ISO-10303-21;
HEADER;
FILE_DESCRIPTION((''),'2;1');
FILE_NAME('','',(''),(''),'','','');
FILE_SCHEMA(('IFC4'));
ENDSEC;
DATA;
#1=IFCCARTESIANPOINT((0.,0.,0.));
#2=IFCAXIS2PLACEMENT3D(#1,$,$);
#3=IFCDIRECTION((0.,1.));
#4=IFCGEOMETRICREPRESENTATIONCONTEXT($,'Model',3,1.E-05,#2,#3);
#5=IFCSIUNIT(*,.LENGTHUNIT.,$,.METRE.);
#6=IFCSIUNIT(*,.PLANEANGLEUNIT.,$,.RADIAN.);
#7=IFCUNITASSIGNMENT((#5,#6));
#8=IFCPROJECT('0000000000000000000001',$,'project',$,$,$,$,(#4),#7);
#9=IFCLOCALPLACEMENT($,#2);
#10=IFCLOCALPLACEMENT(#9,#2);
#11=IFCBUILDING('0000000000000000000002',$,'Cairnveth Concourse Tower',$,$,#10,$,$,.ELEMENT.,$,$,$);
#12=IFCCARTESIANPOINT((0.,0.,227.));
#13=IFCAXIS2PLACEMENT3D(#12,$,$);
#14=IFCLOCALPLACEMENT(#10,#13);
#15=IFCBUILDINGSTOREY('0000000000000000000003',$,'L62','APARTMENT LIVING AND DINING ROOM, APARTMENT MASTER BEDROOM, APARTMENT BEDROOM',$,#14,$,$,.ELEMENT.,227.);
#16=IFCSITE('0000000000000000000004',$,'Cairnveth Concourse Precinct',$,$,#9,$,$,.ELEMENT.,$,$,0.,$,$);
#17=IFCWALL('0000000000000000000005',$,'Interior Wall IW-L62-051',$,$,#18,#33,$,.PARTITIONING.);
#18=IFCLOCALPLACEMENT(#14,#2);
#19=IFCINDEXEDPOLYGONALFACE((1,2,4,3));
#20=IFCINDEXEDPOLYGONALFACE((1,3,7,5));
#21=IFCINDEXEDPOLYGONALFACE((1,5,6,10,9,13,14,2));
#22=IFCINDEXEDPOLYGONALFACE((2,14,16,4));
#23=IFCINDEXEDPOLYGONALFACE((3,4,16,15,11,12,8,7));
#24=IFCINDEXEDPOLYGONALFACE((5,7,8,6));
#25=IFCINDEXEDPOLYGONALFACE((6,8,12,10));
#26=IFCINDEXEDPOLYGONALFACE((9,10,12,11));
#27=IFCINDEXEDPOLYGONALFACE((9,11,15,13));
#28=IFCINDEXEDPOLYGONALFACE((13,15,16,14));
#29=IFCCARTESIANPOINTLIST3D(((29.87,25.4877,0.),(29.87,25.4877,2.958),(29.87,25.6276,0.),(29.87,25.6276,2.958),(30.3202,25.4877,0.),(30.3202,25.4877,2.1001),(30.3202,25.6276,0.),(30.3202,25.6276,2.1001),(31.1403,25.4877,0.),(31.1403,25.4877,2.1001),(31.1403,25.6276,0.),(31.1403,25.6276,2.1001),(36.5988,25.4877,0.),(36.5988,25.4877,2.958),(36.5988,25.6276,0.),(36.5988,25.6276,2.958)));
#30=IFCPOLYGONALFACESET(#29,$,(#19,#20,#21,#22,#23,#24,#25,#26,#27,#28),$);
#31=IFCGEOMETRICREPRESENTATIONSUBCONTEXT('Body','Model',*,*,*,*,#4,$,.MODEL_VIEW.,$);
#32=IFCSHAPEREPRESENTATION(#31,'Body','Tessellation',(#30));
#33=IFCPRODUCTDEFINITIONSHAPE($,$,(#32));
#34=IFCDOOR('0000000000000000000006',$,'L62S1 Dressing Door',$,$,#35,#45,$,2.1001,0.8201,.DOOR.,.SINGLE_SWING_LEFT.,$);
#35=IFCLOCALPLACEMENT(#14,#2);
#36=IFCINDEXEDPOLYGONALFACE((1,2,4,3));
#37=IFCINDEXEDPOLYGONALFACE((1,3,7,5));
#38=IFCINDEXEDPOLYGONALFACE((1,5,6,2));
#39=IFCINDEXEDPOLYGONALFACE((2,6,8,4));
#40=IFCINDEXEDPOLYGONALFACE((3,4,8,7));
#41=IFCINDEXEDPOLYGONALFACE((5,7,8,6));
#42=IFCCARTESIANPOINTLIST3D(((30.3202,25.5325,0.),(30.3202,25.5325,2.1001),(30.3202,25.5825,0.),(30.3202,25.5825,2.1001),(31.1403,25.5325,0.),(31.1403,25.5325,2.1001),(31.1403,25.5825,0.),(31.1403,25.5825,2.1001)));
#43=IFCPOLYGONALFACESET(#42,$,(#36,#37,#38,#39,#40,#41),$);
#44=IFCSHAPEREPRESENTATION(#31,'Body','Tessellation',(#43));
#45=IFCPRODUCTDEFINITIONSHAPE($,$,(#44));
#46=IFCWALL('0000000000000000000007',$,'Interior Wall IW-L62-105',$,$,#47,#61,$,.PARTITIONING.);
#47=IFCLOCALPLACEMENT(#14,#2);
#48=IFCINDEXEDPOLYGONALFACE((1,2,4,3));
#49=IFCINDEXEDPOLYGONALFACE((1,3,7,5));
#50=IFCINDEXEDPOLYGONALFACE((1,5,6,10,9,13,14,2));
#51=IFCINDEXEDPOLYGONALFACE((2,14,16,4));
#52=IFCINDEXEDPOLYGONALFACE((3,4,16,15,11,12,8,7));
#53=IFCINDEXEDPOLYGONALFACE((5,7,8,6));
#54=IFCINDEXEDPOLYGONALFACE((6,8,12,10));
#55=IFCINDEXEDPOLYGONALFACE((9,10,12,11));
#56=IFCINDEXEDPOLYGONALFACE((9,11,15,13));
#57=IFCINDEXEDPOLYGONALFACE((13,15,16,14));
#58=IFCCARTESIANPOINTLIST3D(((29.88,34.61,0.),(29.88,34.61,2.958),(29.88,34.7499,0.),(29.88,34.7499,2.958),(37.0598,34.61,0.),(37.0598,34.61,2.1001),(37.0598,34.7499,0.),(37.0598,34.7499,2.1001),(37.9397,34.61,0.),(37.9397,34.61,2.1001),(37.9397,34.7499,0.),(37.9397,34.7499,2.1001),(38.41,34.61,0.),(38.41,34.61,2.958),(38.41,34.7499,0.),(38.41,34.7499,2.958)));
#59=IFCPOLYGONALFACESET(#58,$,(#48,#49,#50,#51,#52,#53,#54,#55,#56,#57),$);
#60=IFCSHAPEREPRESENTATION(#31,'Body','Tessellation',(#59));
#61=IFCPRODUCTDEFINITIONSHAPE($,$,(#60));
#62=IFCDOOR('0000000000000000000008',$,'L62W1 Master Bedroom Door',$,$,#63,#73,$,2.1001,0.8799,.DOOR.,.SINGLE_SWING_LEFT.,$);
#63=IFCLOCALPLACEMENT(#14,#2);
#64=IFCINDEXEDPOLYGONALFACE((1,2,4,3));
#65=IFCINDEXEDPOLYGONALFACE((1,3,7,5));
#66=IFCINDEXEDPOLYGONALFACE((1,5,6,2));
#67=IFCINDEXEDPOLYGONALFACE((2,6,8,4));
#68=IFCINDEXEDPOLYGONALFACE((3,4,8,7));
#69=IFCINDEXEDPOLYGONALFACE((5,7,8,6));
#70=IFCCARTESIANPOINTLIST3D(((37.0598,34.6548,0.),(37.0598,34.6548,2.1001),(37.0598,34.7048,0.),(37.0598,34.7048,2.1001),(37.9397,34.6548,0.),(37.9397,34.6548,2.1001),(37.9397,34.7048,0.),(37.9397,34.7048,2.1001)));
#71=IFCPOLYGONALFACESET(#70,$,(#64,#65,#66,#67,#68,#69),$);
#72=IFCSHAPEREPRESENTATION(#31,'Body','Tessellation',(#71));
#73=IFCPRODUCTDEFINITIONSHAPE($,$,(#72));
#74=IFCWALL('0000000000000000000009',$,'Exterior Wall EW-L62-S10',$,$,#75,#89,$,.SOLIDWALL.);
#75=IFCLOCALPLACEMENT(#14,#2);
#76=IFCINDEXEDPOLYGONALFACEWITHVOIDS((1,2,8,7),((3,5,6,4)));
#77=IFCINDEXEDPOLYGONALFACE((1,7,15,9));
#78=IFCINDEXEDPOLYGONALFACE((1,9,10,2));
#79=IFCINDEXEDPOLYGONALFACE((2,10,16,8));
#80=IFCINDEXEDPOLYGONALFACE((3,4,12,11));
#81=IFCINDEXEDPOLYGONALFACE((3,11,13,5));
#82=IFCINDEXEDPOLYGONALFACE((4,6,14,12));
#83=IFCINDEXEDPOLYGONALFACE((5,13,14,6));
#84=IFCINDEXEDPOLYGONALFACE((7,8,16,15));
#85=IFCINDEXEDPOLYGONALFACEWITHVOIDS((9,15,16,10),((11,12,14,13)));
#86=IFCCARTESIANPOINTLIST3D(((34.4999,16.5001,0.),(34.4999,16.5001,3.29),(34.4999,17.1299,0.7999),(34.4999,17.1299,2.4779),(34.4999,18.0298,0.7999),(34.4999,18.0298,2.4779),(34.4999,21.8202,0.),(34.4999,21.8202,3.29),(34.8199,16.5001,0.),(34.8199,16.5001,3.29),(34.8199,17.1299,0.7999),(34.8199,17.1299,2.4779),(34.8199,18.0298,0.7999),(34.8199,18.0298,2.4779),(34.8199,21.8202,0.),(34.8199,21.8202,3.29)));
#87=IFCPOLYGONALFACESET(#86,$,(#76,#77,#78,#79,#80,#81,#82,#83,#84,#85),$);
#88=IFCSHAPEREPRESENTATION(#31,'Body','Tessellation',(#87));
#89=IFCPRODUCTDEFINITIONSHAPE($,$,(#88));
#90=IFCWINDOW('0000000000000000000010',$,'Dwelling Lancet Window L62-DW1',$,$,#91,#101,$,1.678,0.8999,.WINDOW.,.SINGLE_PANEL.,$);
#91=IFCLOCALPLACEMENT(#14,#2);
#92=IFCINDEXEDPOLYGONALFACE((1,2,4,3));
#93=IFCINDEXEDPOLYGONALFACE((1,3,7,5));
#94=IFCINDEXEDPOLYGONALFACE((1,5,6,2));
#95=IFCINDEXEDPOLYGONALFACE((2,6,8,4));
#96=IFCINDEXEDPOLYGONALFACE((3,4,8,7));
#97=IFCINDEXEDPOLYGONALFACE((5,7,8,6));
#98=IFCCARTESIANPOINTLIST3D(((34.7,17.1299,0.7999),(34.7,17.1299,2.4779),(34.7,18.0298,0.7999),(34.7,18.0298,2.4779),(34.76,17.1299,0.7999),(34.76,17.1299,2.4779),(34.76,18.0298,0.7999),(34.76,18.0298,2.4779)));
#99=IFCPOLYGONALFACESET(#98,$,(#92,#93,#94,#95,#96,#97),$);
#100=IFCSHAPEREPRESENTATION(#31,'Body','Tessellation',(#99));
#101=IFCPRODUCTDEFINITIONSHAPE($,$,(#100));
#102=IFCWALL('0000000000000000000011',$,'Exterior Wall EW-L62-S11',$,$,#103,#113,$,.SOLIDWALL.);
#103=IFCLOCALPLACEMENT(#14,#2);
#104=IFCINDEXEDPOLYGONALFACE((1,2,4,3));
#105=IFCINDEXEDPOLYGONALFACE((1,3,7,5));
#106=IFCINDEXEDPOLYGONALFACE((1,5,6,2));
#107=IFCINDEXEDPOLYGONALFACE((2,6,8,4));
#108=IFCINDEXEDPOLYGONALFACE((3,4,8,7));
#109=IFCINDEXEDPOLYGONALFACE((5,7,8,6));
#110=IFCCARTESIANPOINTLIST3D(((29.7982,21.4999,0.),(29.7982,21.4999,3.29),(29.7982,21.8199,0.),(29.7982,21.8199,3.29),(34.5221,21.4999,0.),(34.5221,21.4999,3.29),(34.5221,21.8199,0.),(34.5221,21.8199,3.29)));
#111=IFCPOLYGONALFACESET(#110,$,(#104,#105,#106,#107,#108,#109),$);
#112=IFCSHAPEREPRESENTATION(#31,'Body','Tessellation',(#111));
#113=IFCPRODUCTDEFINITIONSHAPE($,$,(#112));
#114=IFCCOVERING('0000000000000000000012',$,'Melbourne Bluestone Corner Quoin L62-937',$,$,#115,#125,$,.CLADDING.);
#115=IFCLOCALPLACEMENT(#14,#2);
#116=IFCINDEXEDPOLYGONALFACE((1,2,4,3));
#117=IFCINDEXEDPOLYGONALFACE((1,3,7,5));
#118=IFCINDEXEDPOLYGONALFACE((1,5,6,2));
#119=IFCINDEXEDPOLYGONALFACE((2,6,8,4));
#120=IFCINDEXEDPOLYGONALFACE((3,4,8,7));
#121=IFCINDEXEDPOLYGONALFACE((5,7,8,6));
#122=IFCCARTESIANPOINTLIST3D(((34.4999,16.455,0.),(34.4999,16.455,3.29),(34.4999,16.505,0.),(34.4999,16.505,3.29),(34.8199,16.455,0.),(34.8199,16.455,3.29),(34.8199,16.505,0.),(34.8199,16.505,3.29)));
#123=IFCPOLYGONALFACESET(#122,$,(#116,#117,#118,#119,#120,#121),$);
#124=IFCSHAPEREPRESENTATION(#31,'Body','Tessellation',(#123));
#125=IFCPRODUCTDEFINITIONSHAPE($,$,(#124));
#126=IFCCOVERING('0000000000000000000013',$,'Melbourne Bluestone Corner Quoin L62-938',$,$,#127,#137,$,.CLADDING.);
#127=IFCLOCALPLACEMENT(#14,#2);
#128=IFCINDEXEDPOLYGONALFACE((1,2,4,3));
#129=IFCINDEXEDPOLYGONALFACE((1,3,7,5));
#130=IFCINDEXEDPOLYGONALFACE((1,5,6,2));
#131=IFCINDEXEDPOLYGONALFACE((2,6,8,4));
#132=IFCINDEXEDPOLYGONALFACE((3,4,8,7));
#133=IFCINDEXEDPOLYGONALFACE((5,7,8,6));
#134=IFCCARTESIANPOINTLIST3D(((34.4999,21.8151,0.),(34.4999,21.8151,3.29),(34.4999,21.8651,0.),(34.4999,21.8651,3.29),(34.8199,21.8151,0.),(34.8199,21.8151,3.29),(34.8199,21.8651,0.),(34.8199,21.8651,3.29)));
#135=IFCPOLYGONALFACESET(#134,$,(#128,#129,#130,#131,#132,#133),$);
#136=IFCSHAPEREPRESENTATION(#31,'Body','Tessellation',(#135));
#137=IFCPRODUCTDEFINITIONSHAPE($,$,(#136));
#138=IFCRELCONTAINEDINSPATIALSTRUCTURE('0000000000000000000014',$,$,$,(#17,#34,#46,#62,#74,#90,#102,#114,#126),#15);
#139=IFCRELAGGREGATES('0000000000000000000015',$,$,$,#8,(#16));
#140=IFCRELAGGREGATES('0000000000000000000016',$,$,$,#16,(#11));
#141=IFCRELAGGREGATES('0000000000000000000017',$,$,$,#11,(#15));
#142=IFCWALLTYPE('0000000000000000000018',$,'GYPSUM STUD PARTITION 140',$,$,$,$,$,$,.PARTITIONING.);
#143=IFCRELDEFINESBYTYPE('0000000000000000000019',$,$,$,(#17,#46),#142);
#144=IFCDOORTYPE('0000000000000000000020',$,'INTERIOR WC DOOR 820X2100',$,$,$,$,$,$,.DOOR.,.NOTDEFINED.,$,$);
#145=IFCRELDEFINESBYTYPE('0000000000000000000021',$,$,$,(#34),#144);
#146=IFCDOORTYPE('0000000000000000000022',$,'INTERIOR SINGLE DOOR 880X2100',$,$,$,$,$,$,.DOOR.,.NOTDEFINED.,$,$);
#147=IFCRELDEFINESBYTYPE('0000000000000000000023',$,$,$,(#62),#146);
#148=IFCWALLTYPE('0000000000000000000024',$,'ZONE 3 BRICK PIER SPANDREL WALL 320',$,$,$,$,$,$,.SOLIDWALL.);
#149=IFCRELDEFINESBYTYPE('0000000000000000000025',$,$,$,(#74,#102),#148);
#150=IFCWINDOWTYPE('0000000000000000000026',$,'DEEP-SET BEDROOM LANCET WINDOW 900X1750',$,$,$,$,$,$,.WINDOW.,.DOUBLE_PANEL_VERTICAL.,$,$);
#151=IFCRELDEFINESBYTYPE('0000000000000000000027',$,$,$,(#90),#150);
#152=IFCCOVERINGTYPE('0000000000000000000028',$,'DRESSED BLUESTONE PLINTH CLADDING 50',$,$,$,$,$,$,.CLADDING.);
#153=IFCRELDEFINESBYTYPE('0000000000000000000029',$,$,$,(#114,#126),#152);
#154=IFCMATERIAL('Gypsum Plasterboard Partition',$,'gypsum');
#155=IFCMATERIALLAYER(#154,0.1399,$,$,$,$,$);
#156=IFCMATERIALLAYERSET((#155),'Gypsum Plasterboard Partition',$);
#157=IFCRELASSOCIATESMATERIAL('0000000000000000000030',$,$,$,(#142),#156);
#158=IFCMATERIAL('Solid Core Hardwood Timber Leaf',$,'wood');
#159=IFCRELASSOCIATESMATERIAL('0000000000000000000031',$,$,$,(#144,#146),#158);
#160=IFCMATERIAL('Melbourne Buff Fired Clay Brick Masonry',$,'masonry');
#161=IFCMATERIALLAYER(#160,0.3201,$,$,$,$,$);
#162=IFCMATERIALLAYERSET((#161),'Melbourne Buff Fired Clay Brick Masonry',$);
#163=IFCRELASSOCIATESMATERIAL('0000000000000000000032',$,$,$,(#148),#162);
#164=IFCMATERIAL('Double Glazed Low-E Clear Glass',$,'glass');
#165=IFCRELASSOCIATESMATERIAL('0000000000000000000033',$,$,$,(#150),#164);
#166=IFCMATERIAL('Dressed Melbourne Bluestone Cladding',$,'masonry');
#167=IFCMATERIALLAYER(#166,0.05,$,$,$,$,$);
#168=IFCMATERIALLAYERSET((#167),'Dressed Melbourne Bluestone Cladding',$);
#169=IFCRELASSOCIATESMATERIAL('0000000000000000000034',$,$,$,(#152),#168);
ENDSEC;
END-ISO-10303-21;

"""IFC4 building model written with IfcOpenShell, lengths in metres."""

from ifc_helpers import new_model, si_unit, direction, frame, frame_2d, origin, place, context, subcontext, project, spatial, rectangle, extrude, material, layer, layer_set, type_object, element, fill, save


model = new_model("IFC4")

# Units and contexts
model_context = context("Model", 3, precision=1e-05, world=origin(), true_north=direction((0.0, 1.0)))
body_context = subcontext(model_context, "Body", "Model", "MODEL_VIEW")
ifc_project = project(units=[si_unit("LENGTHUNIT", "METRE"), si_unit("PLANEANGLEUNIT", "RADIAN")], contexts=[model_context])

# Site, building, storey
site_placement = place(None, origin())
site = spatial("IfcSite", under=ifc_project, at=site_placement, Name="Cairnveth Concourse Precinct", CompositionType="ELEMENT", RefElevation=0.0)
building_placement = place(site_placement, origin())
building = spatial("IfcBuilding", under=site, at=building_placement, Name="Cairnveth Concourse Tower", CompositionType="ELEMENT")
storey_placement = place(building_placement, frame((0.0, 0.0, 227.0)))
storey = spatial("IfcBuildingStorey", under=building, at=storey_placement, Name="L62", Description="APARTMENT LIVING AND DINING ROOM, APARTMENT MASTER BEDROOM, APARTMENT BEDROOM", CompositionType="ELEMENT", Elevation=227.0)

# Walls, openings, doors
ifc_material_1 = material(Name="Gypsum Plasterboard Partition", Category="gypsum")
ifc_layer_1 = layer(ifc_material_1, 0.1399)
ifc_layer_set_1 = layer_set([ifc_layer_1], Name="Gypsum Plasterboard Partition")
wall_type_1 = type_object("IfcWallType", Name="GYPSUM STUD PARTITION 140", PredefinedType="PARTITIONING", material=ifc_layer_set_1)
wall_1_placement = place(storey_placement, frame((29.8701, 25.5576, 0.0), z_axis=(0.0, 0.0, 1.0), x_axis=(1.0, 0.0, 0.0)))
wall_1 = element("IfcWall", 1, at=wall_1_placement, inside=storey, type_object=wall_type_1, Name="Interior Wall IW-L62-051", PredefinedType="PARTITIONING", context=body_context, shape_type="SweptSolid", body=[
    extrude(rectangle(XDim=6.7288, YDim=0.1399, at=frame_2d((3.3643, 0.0))), origin(), (0.0, 0.0, 1.0), 2.958),
])
opening_1_placement = place(wall_1_placement, frame((0.45, 0.0, 0.0)))
opening_1 = element("IfcOpeningElement", 2, at=opening_1_placement, cuts=wall_1, PredefinedType="OPENING", context=body_context, shape_type="SweptSolid", body=[
    extrude(rectangle(XDim=0.8201, YDim=2.1001, at=frame_2d((0.4102, 1.05))), frame((0.0, 0.0798, 0.0), z_axis=(0.0, -1.0, 0.0), x_axis=(1.0, 0.0, 0.0)), (0.0, 0.0, 1.0), 0.1599),
])
ifc_material_2 = material(Name="Solid Core Hardwood Timber Leaf", Category="wood")
door_type_1 = type_object("IfcDoorType", Name="INTERIOR WC DOOR 820X2100", OperationType="NOTDEFINED", PredefinedType="DOOR", material=ifc_material_2)
door_1_placement = place(opening_1_placement, origin())
door_1 = element("IfcDoor", 3, at=door_1_placement, inside=storey, type_object=door_type_1, Name="L62S1 Dressing Door", OperationType="SINGLE_SWING_LEFT", OverallHeight=2.1001, OverallWidth=0.8201, PredefinedType="DOOR", context=body_context, shape_type="SweptSolid", body=[
    extrude(rectangle(XDim=0.8201, YDim=2.1001, at=frame_2d((0.4102, 1.05))), frame((0.0, 0.0249, 0.0), z_axis=(0.0, -1.0, 0.0), x_axis=(1.0, 0.0, 0.0)), (0.0, 0.0, 1.0), 0.05),
])
fill(opening_1, door_1)
wall_2_placement = place(storey_placement, frame((29.8799, 34.6799, 0.0), z_axis=(0.0, 0.0, 1.0), x_axis=(1.0, 0.0, 0.0)))
wall_2 = element("IfcWall", 4, at=wall_2_placement, inside=storey, type_object=wall_type_1, Name="Interior Wall IW-L62-105", PredefinedType="PARTITIONING", context=body_context, shape_type="SweptSolid", body=[
    extrude(rectangle(XDim=8.53, YDim=0.1399, at=frame_2d((4.2651, 0.0))), origin(), (0.0, 0.0, 1.0), 2.958),
])
opening_2_placement = place(wall_2_placement, frame((7.1799, 0.0, 0.0)))
opening_2 = element("IfcOpeningElement", 5, at=opening_2_placement, cuts=wall_2, PredefinedType="OPENING", context=body_context, shape_type="SweptSolid", body=[
    extrude(rectangle(XDim=0.8799, YDim=2.1001, at=frame_2d((0.4399, 1.05))), frame((0.0, 0.0798, 0.0), z_axis=(0.0, -1.0, 0.0), x_axis=(1.0, 0.0, 0.0)), (0.0, 0.0, 1.0), 0.1599),
])
door_type_2 = type_object("IfcDoorType", Name="INTERIOR SINGLE DOOR 880X2100", OperationType="NOTDEFINED", PredefinedType="DOOR", material=ifc_material_2)
door_2_placement = place(opening_2_placement, origin())
door_2 = element("IfcDoor", 6, at=door_2_placement, inside=storey, type_object=door_type_2, Name="L62W1 Master Bedroom Door", OperationType="SINGLE_SWING_LEFT", OverallHeight=2.1001, OverallWidth=0.8799, PredefinedType="DOOR", context=body_context, shape_type="SweptSolid", body=[
    extrude(rectangle(XDim=0.8799, YDim=2.1001, at=frame_2d((0.4399, 1.05))), frame((0.0, 0.0249, 0.0), z_axis=(0.0, -1.0, 0.0), x_axis=(1.0, 0.0, 0.0)), (0.0, 0.0, 1.0), 0.05),
])
fill(opening_2, door_2)

# Wall, opening, window
ifc_material_3 = material(Name="Melbourne Buff Fired Clay Brick Masonry", Category="masonry")
ifc_layer_2 = layer(ifc_material_3, 0.3201)
ifc_layer_set_2 = layer_set([ifc_layer_2], Name="Melbourne Buff Fired Clay Brick Masonry")
wall_type_2 = type_object("IfcWallType", Name="ZONE 3 BRICK PIER SPANDREL WALL 320", PredefinedType="SOLIDWALL", material=ifc_layer_set_2)
wall_3_placement = place(storey_placement, frame((34.6599, 16.5, 0.0), z_axis=(0.0, 0.0, 1.0), x_axis=(0.0, 1.0, 0.0)))
wall_3 = element("IfcWall", 7, at=wall_3_placement, inside=storey, type_object=wall_type_2, Name="Exterior Wall EW-L62-S10", PredefinedType="SOLIDWALL", context=body_context, shape_type="SweptSolid", body=[
    extrude(rectangle(XDim=5.3201, YDim=0.3201, at=frame_2d((2.6602, 0.0))), origin(), (0.0, 0.0, 1.0), 3.29),
])
opening_3_placement = place(wall_3_placement, frame((0.6299, 0.0, 0.8)))
opening_3 = element("IfcOpeningElement", 8, at=opening_3_placement, cuts=wall_3, PredefinedType="OPENING", context=body_context, shape_type="SweptSolid", body=[
    extrude(rectangle(XDim=0.8999, YDim=1.678, at=frame_2d((0.45, 0.8389))), frame((0.0, 0.1699, 0.0), z_axis=(0.0, -1.0, 0.0), x_axis=(1.0, 0.0, 0.0)), (0.0, 0.0, 1.0), 0.3401),
])
ifc_material_4 = material(Name="Double Glazed Low-E Clear Glass", Category="glass")
window_type = type_object("IfcWindowType", Name="DEEP-SET BEDROOM LANCET WINDOW 900X1750", PartitioningType="DOUBLE_PANEL_VERTICAL", PredefinedType="WINDOW", material=ifc_material_4)
window_placement = place(opening_3_placement, origin())
window = element("IfcWindow", 9, at=window_placement, inside=storey, type_object=window_type, Name="Dwelling Lancet Window L62-DW1", OverallHeight=1.678, OverallWidth=0.8999, PartitioningType="SINGLE_PANEL", PredefinedType="WINDOW", context=body_context, shape_type="SweptSolid", body=[
    extrude(rectangle(XDim=0.8999, YDim=1.678, at=frame_2d((0.45, 0.8389))), frame((0.0, -0.04, 0.0), z_axis=(0.0, -1.0, 0.0), x_axis=(1.0, 0.0, 0.0)), (0.0, 0.0, 1.0), 0.0601),
])
fill(opening_3, window)

# Wall
wall_4_placement = place(storey_placement, frame((34.522, 21.6599, 0.0), z_axis=(0.0, 0.0, 1.0), x_axis=(-1.0, 0.0, 0.0)))
element("IfcWall", 10, at=wall_4_placement, inside=storey, type_object=wall_type_2, Name="Exterior Wall EW-L62-S11", PredefinedType="SOLIDWALL", context=body_context, shape_type="SweptSolid", body=[
    extrude(rectangle(XDim=4.7239, YDim=0.3201, at=frame_2d((2.3618, 0.0))), origin(), (0.0, 0.0, 1.0), 3.29),
])

# Coverings
ifc_material_5 = material(Name="Dressed Melbourne Bluestone Cladding", Category="masonry")
ifc_layer_3 = layer(ifc_material_5, 0.05)
ifc_layer_set_3 = layer_set([ifc_layer_3], Name="Dressed Melbourne Bluestone Cladding")
covering_type = type_object("IfcCoveringType", Name="DRESSED BLUESTONE PLINTH CLADDING 50", PredefinedType="CLADDING", material=ifc_layer_set_3)
for number, where, z_axis, x_axis, name in (
    (11, (34.8201, 16.48, 0.0), (0.0, 0.0, 1.0), (-1.0, 0.0, 0.0), "Melbourne Bluestone Corner Quoin L62-937"),
    (12, (34.8201, 21.8401, 0.0), (0.0, 0.0, 1.0), (-1.0, 0.0, 0.0), "Melbourne Bluestone Corner Quoin L62-938"),
):
    element("IfcCovering", number, at=place(storey_placement, frame(where, z_axis=z_axis, x_axis=x_axis)), inside=storey, type_object=covering_type, Name=name, PredefinedType="CLADDING", context=body_context, shape_type="SweptSolid", body=[
        extrude(rectangle(XDim=0.3201, YDim=0.05, at=frame_2d((0.1602, 0.0))), origin(), (0.0, 0.0, 1.0), 3.29),
    ])

save(model, "model.ifc")
